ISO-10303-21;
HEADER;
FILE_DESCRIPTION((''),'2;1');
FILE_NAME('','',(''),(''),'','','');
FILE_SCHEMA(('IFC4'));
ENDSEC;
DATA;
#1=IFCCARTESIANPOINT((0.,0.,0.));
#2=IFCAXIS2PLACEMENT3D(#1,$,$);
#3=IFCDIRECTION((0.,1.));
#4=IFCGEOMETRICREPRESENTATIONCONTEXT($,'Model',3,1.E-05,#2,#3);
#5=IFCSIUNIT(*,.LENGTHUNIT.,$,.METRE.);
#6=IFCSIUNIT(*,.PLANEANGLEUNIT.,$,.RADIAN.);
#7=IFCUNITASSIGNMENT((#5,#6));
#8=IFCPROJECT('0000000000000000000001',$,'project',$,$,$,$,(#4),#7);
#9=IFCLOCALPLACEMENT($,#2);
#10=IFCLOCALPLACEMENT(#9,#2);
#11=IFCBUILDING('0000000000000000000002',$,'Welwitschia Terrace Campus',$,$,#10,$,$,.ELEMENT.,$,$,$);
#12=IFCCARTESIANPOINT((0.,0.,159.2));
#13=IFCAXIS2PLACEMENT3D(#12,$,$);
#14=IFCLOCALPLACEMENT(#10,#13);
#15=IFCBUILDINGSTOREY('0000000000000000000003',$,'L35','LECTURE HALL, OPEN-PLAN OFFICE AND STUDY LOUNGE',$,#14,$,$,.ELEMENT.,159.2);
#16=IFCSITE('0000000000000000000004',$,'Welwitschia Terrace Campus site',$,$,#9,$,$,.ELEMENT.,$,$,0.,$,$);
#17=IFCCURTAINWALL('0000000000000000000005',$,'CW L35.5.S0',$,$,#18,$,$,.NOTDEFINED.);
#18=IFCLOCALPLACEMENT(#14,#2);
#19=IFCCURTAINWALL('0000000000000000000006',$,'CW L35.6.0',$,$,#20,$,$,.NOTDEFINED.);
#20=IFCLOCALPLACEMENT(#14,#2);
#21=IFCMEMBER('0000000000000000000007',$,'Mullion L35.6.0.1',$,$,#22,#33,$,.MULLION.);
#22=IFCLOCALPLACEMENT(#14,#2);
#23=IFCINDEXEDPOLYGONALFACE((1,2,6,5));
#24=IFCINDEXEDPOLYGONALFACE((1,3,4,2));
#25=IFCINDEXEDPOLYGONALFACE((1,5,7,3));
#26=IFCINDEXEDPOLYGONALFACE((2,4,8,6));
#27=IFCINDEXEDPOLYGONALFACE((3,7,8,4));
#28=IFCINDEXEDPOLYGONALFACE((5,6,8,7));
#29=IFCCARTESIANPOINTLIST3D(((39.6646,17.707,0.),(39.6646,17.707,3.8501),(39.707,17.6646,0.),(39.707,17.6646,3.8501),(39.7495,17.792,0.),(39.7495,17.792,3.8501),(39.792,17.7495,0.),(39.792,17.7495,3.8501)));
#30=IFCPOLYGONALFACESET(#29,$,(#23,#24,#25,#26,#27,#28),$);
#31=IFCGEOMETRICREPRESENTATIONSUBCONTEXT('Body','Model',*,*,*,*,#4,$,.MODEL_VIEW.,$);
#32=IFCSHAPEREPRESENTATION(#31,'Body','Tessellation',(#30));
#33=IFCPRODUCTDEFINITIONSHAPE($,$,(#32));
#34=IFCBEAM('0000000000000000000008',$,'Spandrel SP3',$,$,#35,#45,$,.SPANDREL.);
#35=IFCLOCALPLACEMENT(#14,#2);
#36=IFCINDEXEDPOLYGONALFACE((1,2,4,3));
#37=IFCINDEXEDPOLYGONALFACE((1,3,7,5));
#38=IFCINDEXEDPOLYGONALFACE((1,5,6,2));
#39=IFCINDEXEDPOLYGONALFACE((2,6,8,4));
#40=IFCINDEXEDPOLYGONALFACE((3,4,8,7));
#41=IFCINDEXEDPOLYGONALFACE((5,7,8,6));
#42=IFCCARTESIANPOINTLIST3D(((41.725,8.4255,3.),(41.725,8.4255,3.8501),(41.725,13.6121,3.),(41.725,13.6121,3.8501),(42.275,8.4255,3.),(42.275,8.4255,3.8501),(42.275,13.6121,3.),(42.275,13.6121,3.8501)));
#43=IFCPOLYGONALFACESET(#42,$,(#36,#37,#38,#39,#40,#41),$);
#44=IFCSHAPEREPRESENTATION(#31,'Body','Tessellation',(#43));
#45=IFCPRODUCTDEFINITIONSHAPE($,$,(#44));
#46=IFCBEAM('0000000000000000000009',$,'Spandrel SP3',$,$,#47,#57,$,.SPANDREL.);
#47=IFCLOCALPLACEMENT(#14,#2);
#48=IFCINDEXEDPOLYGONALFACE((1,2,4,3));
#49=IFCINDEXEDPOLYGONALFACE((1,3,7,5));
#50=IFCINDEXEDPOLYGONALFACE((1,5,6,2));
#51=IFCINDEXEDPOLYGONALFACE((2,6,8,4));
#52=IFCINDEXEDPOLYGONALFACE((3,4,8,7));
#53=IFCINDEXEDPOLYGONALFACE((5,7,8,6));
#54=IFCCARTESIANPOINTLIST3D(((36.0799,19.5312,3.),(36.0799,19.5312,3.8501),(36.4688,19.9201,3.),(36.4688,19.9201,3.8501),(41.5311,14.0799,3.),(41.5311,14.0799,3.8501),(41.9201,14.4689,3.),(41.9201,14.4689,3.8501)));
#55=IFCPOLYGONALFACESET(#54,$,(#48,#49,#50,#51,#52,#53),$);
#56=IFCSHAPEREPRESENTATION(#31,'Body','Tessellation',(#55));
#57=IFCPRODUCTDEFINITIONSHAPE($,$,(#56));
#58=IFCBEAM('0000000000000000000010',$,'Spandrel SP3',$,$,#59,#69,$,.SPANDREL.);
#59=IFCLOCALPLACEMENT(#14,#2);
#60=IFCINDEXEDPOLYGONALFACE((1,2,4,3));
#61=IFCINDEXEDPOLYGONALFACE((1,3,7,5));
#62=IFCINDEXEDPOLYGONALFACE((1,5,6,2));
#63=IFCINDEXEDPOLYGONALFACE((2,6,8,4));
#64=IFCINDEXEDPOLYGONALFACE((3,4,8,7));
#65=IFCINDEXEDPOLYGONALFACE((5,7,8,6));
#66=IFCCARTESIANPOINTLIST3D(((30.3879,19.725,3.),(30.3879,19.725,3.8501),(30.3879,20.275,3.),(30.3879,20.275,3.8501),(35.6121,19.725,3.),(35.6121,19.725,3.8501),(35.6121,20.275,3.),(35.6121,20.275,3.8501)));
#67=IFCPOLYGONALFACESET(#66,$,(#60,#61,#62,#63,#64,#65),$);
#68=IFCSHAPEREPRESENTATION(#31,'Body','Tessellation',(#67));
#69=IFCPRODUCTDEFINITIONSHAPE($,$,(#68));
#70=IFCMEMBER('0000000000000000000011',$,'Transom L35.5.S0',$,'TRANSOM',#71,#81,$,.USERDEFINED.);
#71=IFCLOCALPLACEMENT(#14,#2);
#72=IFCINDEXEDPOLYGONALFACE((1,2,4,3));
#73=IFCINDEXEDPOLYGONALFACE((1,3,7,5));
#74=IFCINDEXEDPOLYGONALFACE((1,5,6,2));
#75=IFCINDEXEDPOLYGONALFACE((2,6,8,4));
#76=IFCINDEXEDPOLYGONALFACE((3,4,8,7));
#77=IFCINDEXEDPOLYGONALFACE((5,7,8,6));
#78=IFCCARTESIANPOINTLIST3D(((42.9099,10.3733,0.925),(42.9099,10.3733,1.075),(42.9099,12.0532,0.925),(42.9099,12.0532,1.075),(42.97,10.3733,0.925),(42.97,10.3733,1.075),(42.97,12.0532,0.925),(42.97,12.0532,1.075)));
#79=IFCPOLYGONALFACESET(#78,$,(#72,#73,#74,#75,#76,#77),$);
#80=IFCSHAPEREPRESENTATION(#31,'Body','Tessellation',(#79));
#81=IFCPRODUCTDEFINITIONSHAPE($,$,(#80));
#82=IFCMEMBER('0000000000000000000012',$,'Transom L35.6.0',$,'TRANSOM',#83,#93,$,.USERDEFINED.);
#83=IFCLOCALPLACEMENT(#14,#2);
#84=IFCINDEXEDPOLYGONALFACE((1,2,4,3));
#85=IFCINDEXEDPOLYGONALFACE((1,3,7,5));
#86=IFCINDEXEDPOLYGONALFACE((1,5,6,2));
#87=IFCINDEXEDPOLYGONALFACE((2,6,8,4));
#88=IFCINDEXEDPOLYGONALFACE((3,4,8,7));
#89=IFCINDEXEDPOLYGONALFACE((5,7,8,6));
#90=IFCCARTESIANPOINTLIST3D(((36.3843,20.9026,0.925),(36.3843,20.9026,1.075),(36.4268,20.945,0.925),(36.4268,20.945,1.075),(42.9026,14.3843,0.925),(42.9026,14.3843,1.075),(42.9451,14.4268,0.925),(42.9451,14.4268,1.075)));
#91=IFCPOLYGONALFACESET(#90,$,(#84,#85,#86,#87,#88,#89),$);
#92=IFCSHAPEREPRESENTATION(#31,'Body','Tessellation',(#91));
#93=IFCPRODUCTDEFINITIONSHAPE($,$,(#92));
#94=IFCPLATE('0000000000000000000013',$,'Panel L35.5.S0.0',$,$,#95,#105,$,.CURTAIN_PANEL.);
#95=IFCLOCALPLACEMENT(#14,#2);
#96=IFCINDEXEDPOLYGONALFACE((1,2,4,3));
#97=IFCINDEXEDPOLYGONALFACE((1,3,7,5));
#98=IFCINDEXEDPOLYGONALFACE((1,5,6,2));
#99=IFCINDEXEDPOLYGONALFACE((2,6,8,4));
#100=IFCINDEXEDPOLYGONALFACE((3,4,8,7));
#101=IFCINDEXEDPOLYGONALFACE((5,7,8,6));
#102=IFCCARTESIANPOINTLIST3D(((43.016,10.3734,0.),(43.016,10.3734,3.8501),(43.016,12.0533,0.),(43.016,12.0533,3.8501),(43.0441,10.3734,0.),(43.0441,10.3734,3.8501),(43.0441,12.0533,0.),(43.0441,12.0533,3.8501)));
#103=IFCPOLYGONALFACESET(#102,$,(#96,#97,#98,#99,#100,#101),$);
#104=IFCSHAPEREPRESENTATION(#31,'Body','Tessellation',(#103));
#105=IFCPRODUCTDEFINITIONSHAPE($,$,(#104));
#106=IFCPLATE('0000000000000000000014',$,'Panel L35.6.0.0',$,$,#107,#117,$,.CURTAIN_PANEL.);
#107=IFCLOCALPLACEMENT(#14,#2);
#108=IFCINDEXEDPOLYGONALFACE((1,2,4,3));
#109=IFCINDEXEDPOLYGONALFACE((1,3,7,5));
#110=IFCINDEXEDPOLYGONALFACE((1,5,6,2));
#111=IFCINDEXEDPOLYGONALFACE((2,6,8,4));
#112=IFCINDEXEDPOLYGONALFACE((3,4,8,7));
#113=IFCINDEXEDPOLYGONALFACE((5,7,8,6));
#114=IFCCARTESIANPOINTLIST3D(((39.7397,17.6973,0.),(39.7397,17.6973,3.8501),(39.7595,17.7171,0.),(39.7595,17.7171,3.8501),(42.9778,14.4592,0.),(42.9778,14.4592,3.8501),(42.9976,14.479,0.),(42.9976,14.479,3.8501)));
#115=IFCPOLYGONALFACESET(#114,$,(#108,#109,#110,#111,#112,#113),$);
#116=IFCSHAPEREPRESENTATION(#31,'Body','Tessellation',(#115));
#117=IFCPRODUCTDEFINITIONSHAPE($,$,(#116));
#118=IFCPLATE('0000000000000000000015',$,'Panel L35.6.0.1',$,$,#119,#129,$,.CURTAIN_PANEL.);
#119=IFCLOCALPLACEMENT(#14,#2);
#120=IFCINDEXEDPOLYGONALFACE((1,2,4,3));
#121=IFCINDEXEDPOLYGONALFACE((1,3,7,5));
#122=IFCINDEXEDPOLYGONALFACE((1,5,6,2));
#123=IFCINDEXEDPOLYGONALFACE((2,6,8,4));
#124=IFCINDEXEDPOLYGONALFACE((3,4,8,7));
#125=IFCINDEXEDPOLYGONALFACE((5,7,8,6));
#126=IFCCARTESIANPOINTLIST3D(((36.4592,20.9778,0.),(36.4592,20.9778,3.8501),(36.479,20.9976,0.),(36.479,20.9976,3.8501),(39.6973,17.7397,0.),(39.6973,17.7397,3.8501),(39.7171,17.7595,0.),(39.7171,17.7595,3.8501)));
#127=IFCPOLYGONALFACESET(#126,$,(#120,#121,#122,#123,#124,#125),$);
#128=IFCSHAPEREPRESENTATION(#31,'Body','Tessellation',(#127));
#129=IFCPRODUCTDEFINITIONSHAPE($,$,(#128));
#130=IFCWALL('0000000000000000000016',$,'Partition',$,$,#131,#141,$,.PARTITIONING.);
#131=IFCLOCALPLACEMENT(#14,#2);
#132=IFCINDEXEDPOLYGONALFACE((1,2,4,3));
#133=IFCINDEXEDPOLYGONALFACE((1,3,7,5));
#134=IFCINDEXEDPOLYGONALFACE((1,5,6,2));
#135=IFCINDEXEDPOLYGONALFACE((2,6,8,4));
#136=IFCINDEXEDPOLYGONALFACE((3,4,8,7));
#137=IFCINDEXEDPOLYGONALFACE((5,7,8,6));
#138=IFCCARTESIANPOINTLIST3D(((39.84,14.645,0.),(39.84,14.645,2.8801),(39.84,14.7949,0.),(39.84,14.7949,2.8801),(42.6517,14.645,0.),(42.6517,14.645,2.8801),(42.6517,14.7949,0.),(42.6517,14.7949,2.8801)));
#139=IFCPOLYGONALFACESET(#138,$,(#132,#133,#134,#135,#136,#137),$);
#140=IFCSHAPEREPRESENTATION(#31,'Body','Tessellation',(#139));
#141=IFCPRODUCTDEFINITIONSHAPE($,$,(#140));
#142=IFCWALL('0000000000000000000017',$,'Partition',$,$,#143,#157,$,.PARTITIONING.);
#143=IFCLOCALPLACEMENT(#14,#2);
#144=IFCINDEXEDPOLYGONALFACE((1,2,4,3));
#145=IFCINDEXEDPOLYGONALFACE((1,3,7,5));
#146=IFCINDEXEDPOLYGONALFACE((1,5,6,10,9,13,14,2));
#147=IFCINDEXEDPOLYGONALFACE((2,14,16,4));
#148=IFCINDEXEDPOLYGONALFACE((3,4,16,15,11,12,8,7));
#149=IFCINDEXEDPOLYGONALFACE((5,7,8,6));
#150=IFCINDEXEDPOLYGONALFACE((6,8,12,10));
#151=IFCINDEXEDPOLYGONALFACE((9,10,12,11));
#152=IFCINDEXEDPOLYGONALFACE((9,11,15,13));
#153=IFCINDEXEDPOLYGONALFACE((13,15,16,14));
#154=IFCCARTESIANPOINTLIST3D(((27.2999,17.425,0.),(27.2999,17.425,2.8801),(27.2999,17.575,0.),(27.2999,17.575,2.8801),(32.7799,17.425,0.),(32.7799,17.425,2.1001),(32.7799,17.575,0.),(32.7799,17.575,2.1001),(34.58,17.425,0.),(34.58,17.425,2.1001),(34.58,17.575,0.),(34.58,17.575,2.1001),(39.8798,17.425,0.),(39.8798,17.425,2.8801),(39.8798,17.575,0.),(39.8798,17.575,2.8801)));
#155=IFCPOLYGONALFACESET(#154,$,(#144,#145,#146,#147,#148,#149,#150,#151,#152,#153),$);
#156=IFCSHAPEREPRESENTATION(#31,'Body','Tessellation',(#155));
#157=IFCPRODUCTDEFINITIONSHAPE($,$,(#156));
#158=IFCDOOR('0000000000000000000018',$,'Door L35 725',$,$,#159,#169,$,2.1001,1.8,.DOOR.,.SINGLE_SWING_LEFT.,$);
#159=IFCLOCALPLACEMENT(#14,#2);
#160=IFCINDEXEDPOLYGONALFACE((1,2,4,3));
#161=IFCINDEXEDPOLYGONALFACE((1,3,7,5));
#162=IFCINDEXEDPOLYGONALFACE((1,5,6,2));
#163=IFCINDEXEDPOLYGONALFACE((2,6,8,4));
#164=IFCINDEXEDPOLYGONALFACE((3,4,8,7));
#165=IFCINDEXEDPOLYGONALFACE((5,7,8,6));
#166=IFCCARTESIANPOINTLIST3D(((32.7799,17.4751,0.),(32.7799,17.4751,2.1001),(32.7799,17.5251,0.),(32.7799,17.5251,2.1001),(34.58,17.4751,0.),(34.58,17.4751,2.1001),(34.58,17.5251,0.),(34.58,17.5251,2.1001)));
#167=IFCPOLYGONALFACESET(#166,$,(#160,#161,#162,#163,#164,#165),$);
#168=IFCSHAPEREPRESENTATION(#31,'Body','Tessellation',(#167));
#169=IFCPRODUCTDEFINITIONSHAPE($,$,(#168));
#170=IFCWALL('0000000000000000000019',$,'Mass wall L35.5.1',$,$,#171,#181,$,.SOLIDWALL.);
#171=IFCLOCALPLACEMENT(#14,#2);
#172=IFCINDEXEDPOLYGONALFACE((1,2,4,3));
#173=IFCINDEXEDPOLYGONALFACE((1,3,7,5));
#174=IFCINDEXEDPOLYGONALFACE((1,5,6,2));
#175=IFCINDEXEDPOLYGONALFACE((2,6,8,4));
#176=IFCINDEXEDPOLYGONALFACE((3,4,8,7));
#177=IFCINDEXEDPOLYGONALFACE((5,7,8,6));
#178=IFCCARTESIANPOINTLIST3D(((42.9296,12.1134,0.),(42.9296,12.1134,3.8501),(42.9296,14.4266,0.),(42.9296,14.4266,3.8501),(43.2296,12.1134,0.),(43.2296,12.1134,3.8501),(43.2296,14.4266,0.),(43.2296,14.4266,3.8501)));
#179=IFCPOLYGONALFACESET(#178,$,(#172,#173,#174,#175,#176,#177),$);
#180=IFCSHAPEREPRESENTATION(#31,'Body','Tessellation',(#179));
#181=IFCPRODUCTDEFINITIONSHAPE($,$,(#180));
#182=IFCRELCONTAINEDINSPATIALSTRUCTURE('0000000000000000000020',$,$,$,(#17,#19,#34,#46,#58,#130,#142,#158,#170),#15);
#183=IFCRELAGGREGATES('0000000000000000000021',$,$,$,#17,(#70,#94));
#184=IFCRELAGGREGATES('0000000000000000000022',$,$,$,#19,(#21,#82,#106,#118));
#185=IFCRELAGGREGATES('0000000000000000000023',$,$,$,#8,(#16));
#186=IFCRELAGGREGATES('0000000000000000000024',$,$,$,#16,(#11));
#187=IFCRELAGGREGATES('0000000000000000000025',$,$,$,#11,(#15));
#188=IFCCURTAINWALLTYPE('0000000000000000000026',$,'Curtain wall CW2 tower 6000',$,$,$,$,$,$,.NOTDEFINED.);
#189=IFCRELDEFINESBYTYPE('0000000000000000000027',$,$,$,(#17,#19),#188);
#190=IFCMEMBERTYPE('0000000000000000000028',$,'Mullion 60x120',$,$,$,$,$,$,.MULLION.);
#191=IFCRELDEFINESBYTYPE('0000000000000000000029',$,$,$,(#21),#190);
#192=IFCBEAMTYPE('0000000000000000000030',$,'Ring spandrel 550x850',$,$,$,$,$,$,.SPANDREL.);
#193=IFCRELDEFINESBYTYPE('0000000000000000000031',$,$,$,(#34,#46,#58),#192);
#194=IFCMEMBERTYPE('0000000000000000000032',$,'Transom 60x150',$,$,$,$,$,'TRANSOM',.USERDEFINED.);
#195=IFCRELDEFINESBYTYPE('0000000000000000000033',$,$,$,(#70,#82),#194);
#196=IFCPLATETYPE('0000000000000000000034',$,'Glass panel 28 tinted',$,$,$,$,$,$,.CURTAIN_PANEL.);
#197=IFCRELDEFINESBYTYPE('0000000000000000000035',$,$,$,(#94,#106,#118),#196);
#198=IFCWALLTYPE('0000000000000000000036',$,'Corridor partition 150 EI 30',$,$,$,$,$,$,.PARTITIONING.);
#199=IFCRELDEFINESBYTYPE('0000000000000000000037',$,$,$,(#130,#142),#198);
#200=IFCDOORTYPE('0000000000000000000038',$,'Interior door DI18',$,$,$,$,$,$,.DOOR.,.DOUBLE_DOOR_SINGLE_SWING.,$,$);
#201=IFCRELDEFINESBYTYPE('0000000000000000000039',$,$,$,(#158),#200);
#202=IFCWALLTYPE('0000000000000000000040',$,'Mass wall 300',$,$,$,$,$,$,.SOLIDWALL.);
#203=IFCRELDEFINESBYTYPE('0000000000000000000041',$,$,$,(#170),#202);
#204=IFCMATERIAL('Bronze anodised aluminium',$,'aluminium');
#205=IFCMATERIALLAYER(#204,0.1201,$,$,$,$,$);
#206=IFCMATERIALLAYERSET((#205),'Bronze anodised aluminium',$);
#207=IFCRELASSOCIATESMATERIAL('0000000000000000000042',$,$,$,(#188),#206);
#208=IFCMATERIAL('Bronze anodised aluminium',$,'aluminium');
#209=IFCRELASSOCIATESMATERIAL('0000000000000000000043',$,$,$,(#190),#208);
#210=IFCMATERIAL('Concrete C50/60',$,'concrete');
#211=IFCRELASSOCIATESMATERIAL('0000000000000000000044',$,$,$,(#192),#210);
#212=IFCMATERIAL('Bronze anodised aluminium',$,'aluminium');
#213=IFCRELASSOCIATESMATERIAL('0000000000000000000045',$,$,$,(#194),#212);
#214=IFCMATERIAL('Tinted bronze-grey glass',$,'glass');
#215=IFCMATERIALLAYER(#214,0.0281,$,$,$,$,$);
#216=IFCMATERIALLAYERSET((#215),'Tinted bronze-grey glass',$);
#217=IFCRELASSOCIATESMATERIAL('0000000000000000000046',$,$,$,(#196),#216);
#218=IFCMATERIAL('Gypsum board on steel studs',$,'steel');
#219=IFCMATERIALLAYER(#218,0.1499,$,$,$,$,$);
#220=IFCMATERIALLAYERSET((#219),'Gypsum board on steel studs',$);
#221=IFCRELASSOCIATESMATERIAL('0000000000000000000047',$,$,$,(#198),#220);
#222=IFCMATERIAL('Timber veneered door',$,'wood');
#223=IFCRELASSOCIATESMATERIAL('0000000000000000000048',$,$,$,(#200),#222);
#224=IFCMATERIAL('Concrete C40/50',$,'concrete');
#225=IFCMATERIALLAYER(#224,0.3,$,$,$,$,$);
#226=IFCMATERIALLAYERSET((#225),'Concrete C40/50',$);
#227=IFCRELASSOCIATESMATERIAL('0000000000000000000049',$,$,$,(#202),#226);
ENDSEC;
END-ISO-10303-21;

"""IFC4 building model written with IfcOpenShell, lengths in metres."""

from ifc_helpers import new_model, si_unit, direction, frame, frame_2d, origin, origin_2d, place, context, subcontext, project, spatial, rectangle, extrude, material, layer, layer_set, material_profile, profile_set, type_object, element, fill, aggregate, save


model = new_model("IFC4")

# Units and contexts
model_context = context("Model", 3, precision=1e-05, world=origin(), true_north=direction((0.0, 1.0)))
body_context = subcontext(model_context, "Body", "Model", "MODEL_VIEW")
ifc_project = project(units=[si_unit("LENGTHUNIT", "METRE"), si_unit("PLANEANGLEUNIT", "RADIAN")], contexts=[model_context])

# Site, building, storey
site_placement = place(None, origin())
site = spatial("IfcSite", under=ifc_project, at=site_placement, Name="Welwitschia Terrace Campus site", CompositionType="ELEMENT", RefElevation=0.0)
building_placement = place(site_placement, origin())
building = spatial("IfcBuilding", under=site, at=building_placement, Name="Welwitschia Terrace Campus", CompositionType="ELEMENT")
storey_placement = place(building_placement, frame((0.0, 0.0, 159.2)))
storey = spatial("IfcBuildingStorey", under=building, at=storey_placement, Name="L35", Description="LECTURE HALL, OPEN-PLAN OFFICE AND STUDY LOUNGE", CompositionType="ELEMENT", Elevation=159.2)

# Curtain walls, member
ifc_material_1 = material(Name="Bronze anodised aluminium", Category="aluminium")
ifc_layer_1 = layer(ifc_material_1, 0.1201)
ifc_layer_set_1 = layer_set([ifc_layer_1], Name="Bronze anodised aluminium")
curtain_wall_type = type_object("IfcCurtainWallType", Name="Curtain wall CW2 tower 6000", PredefinedType="NOTDEFINED", material=ifc_layer_set_1)
curtain_wall_1_placement = place(storey_placement, origin())
curtain_wall_1 = element("IfcCurtainWall", 1, at=curtain_wall_1_placement, inside=storey, type_object=curtain_wall_type, Name="CW L35.5.S0", PredefinedType="NOTDEFINED")
ifc_material_2 = material(Name="Bronze anodised aluminium", Category="aluminium")
ifc_material_profile_1 = material_profile(ifc_material_2, rectangle(XDim=0.1201, YDim=0.0601, at=origin_2d()))
ifc_profile_set_1 = profile_set([ifc_material_profile_1], Name="Bronze anodised aluminium")
member_type_1 = type_object("IfcMemberType", Name="Mullion 60x120", PredefinedType="MULLION", material=ifc_profile_set_1)
curtain_wall_2_placement = place(storey_placement, origin())
curtain_wall_2 = element("IfcCurtainWall", 2, at=curtain_wall_2_placement, inside=storey, type_object=curtain_wall_type, Name="CW L35.6.0", PredefinedType="NOTDEFINED")
member_1_placement = place(storey_placement, frame((39.7283, 17.7283, 0.0), z_axis=(0.0, 0.0, 1.0), x_axis=(-0.707107, -0.707107, 0.0)))
member_1 = element("IfcMember", 3, at=member_1_placement, type_object=member_type_1, Name="Mullion L35.6.0.1", PredefinedType="MULLION", context=body_context, shape_type="SweptSolid", body=[
    extrude(rectangle(XDim=0.1201, YDim=0.0601, at=origin_2d()), origin(), (0.0, 0.0, 1.0), 3.8501),
])

# Beams
ifc_material_3 = material(Name="Concrete C50/60", Category="concrete")
ifc_material_profile_2 = material_profile(ifc_material_3, rectangle(XDim=0.55, YDim=0.8501, at=origin_2d()))
ifc_profile_set_2 = profile_set([ifc_material_profile_2], Name="Concrete C50/60")
beam_type_1 = type_object("IfcBeamType", Name="Ring spandrel 550x850", PredefinedType="SPANDREL", material=ifc_profile_set_2)
beam_1_placement = place(storey_placement, frame((42.0, 8.4255, 3.425), z_axis=(0.0, 1.0, 0.0), x_axis=(-1.0, 0.0, 0.0)))
element("IfcBeam", 4, at=beam_1_placement, inside=storey, type_object=beam_type_1, Name="Spandrel SP3", PredefinedType="SPANDREL", context=body_context, shape_type="SweptSolid", body=[
    extrude(rectangle(XDim=0.55, YDim=0.8501, at=origin_2d()), origin(), (0.0, 0.0, 1.0), 5.1865),
])
beam_2_placement = place(storey_placement, frame((41.7256, 14.2744, 3.425), z_axis=(-0.707107, 0.707107, 0.0), x_axis=(-0.707107, -0.707107, 0.0)))
element("IfcBeam", 5, at=beam_2_placement, inside=storey, type_object=beam_type_1, Name="Spandrel SP3", PredefinedType="SPANDREL", context=body_context, shape_type="SweptSolid", body=[
    extrude(rectangle(XDim=0.55, YDim=0.8501, at=origin_2d()), origin(), (0.0, 0.0, 1.0), 7.7092),
])
beam_3_placement = place(storey_placement, frame((35.6121, 20.0, 3.425), z_axis=(-1.0, 0.0, 0.0), x_axis=(0.0, -1.0, 0.0)))
element("IfcBeam", 6, at=beam_3_placement, inside=storey, type_object=beam_type_1, Name="Spandrel SP3", PredefinedType="SPANDREL", context=body_context, shape_type="SweptSolid", body=[
    extrude(rectangle(XDim=0.55, YDim=0.8501, at=origin_2d()), origin(), (0.0, 0.0, 1.0), 5.2241),
])

# Members
ifc_material_4 = material(Name="Bronze anodised aluminium", Category="aluminium")
ifc_material_profile_3 = material_profile(ifc_material_4, rectangle(XDim=0.0601, YDim=0.1499, at=origin_2d()))
ifc_profile_set_3 = profile_set([ifc_material_profile_3], Name="Bronze anodised aluminium")
member_type_2 = type_object("IfcMemberType", Name="Transom 60x150", ElementType="TRANSOM", PredefinedType="USERDEFINED", material=ifc_profile_set_3)
member_2_placement = place(storey_placement, frame((42.9399, 10.3733, 1.0), z_axis=(0.0, 1.0, 0.0), x_axis=(-1.0, 0.0, 0.0)))
member_2 = element("IfcMember", 7, at=member_2_placement, type_object=member_type_2, Name="Transom L35.5.S0", ObjectType="TRANSOM", PredefinedType="USERDEFINED", context=body_context, shape_type="SweptSolid", body=[
    extrude(rectangle(XDim=0.0601, YDim=0.1499, at=origin_2d()), origin(), (0.0, 0.0, 1.0), 1.6799),
])
member_3_placement = place(storey_placement, frame((42.9238, 14.4055, 1.0), z_axis=(-0.707107, 0.707107, 0.0), x_axis=(-0.707107, -0.707107, 0.0)))
member_3 = element("IfcMember", 8, at=member_3_placement, type_object=member_type_2, Name="Transom L35.6.0", ObjectType="TRANSOM", PredefinedType="USERDEFINED", context=body_context, shape_type="SweptSolid", body=[
    extrude(rectangle(XDim=0.0601, YDim=0.1499, at=origin_2d()), origin(), (0.0, 0.0, 1.0), 9.2183),
])

# Plates
ifc_material_5 = material(Name="Tinted bronze-grey glass", Category="glass")
ifc_layer_2 = layer(ifc_material_5, 0.0281)
ifc_layer_set_2 = layer_set([ifc_layer_2], Name="Tinted bronze-grey glass")
plate_type = type_object("IfcPlateType", Name="Glass panel 28 tinted", PredefinedType="CURTAIN_PANEL", material=ifc_layer_set_2)
plate_1_placement = place(storey_placement, frame((43.03, 11.2134, 0.0), z_axis=(0.0, 0.0, 1.0), x_axis=(0.0, 1.0, 0.0)))
plate_1 = element("IfcPlate", 9, at=plate_1_placement, type_object=plate_type, Name="Panel L35.5.S0.0", PredefinedType="CURTAIN_PANEL", context=body_context, shape_type="SweptSolid", body=[
    extrude(rectangle(XDim=1.6799, YDim=0.0281, at=origin_2d()), origin(), (0.0, 0.0, 1.0), 3.8501),
])
aggregate(curtain_wall_1, [member_2, plate_1])
plate_2_placement = place(storey_placement, frame((41.3687, 16.0881, 0.0), z_axis=(0.0, 0.0, 1.0), x_axis=(-0.707107, 0.707107, 0.0)))
plate_2 = element("IfcPlate", 10, at=plate_2_placement, type_object=plate_type, Name="Panel L35.6.0.0", PredefinedType="CURTAIN_PANEL", context=body_context, shape_type="SweptSolid", body=[
    extrude(rectangle(XDim=4.5793, YDim=0.0281, at=origin_2d()), origin(), (0.0, 0.0, 1.0), 3.8501),
])
plate_3_placement = place(storey_placement, frame((38.0881, 19.3687, 0.0), z_axis=(0.0, 0.0, 1.0), x_axis=(-0.707107, 0.707107, 0.0)))
plate_3 = element("IfcPlate", 11, at=plate_3_placement, type_object=plate_type, Name="Panel L35.6.0.1", PredefinedType="CURTAIN_PANEL", context=body_context, shape_type="SweptSolid", body=[
    extrude(rectangle(XDim=4.5793, YDim=0.0281, at=origin_2d()), origin(), (0.0, 0.0, 1.0), 3.8501),
])
aggregate(curtain_wall_2, [member_1, member_3, plate_2, plate_3])

# Wall
ifc_material_6 = material(Name="Gypsum board on steel studs", Category="steel")
ifc_layer_3 = layer(ifc_material_6, 0.1499)
ifc_layer_set_3 = layer_set([ifc_layer_3], Name="Gypsum board on steel studs")
wall_type_1 = type_object("IfcWallType", Name="Corridor partition 150 EI 30", PredefinedType="PARTITIONING", material=ifc_layer_set_3)
wall_1_placement = place(storey_placement, frame((39.8401, 14.72, 0.0), z_axis=(0.0, 0.0, 1.0), x_axis=(1.0, 0.0, 0.0)))
element("IfcWall", 12, at=wall_1_placement, inside=storey, type_object=wall_type_1, Name="Partition", PredefinedType="PARTITIONING", context=body_context, shape_type="SweptSolid", body=[
    extrude(rectangle(XDim=2.8118, YDim=0.1499, at=frame_2d((1.4058, 0.0))), origin(), (0.0, 0.0, 1.0), 2.8801),
])

# Wall, opening, door
wall_2_placement = place(storey_placement, frame((39.8799, 17.5, 0.0), z_axis=(0.0, 0.0, 1.0), x_axis=(-1.0, 0.0, 0.0)))
wall_2 = element("IfcWall", 13, at=wall_2_placement, inside=storey, type_object=wall_type_1, Name="Partition", PredefinedType="PARTITIONING", context=body_context, shape_type="SweptSolid", body=[
    extrude(rectangle(XDim=12.5798, YDim=0.1499, at=frame_2d((6.29, 0.0))), origin(), (0.0, 0.0, 1.0), 2.8801),
])
opening_placement = place(wall_2_placement, frame((5.3, 0.0, 0.0)))
opening = element("IfcOpeningElement", 14, at=opening_placement, cuts=wall_2, PredefinedType="OPENING", context=body_context, shape_type="SweptSolid", body=[
    extrude(rectangle(XDim=1.8, YDim=2.1001, at=frame_2d((0.8999, 1.05))), frame((0.0, 0.085, 0.0), z_axis=(0.0, -1.0, 0.0), x_axis=(1.0, 0.0, 0.0)), (0.0, 0.0, 1.0), 0.1699),
])
ifc_material_7 = material(Name="Timber veneered door", Category="wood")
door_type = type_object("IfcDoorType", Name="Interior door DI18", OperationType="DOUBLE_DOOR_SINGLE_SWING", PredefinedType="DOOR", material=ifc_material_7)
door_placement = place(opening_placement, origin())
door = element("IfcDoor", 15, at=door_placement, inside=storey, type_object=door_type, Name="Door L35 725", OperationType="SINGLE_SWING_LEFT", OverallHeight=2.1001, OverallWidth=1.8, PredefinedType="DOOR", context=body_context, shape_type="SweptSolid", body=[
    extrude(rectangle(XDim=1.8, YDim=2.1001, at=frame_2d((0.8999, 1.05))), frame((0.0, 0.0249, 0.0), z_axis=(0.0, -1.0, 0.0), x_axis=(1.0, 0.0, 0.0)), (0.0, 0.0, 1.0), 0.05),
])
fill(opening, door)

# Wall
ifc_material_8 = material(Name="Concrete C40/50", Category="concrete")
ifc_layer_4 = layer(ifc_material_8, 0.3)
ifc_layer_set_4 = layer_set([ifc_layer_4], Name="Concrete C40/50")
wall_type_2 = type_object("IfcWallType", Name="Mass wall 300", PredefinedType="SOLIDWALL", material=ifc_layer_set_4)
wall_3_placement = place(storey_placement, frame((43.0796, 12.1133, 0.0), z_axis=(0.0, 0.0, 1.0), x_axis=(0.0, 1.0, 0.0)))
element("IfcWall", 16, at=wall_3_placement, inside=storey, type_object=wall_type_2, Name="Mass wall L35.5.1", PredefinedType="SOLIDWALL", context=body_context, shape_type="SweptSolid", body=[
    extrude(rectangle(XDim=2.3132, YDim=0.3, at=frame_2d((1.1567, 0.0))), origin(), (0.0, 0.0, 1.0), 3.8501),
])

save(model, "model.ifc")
